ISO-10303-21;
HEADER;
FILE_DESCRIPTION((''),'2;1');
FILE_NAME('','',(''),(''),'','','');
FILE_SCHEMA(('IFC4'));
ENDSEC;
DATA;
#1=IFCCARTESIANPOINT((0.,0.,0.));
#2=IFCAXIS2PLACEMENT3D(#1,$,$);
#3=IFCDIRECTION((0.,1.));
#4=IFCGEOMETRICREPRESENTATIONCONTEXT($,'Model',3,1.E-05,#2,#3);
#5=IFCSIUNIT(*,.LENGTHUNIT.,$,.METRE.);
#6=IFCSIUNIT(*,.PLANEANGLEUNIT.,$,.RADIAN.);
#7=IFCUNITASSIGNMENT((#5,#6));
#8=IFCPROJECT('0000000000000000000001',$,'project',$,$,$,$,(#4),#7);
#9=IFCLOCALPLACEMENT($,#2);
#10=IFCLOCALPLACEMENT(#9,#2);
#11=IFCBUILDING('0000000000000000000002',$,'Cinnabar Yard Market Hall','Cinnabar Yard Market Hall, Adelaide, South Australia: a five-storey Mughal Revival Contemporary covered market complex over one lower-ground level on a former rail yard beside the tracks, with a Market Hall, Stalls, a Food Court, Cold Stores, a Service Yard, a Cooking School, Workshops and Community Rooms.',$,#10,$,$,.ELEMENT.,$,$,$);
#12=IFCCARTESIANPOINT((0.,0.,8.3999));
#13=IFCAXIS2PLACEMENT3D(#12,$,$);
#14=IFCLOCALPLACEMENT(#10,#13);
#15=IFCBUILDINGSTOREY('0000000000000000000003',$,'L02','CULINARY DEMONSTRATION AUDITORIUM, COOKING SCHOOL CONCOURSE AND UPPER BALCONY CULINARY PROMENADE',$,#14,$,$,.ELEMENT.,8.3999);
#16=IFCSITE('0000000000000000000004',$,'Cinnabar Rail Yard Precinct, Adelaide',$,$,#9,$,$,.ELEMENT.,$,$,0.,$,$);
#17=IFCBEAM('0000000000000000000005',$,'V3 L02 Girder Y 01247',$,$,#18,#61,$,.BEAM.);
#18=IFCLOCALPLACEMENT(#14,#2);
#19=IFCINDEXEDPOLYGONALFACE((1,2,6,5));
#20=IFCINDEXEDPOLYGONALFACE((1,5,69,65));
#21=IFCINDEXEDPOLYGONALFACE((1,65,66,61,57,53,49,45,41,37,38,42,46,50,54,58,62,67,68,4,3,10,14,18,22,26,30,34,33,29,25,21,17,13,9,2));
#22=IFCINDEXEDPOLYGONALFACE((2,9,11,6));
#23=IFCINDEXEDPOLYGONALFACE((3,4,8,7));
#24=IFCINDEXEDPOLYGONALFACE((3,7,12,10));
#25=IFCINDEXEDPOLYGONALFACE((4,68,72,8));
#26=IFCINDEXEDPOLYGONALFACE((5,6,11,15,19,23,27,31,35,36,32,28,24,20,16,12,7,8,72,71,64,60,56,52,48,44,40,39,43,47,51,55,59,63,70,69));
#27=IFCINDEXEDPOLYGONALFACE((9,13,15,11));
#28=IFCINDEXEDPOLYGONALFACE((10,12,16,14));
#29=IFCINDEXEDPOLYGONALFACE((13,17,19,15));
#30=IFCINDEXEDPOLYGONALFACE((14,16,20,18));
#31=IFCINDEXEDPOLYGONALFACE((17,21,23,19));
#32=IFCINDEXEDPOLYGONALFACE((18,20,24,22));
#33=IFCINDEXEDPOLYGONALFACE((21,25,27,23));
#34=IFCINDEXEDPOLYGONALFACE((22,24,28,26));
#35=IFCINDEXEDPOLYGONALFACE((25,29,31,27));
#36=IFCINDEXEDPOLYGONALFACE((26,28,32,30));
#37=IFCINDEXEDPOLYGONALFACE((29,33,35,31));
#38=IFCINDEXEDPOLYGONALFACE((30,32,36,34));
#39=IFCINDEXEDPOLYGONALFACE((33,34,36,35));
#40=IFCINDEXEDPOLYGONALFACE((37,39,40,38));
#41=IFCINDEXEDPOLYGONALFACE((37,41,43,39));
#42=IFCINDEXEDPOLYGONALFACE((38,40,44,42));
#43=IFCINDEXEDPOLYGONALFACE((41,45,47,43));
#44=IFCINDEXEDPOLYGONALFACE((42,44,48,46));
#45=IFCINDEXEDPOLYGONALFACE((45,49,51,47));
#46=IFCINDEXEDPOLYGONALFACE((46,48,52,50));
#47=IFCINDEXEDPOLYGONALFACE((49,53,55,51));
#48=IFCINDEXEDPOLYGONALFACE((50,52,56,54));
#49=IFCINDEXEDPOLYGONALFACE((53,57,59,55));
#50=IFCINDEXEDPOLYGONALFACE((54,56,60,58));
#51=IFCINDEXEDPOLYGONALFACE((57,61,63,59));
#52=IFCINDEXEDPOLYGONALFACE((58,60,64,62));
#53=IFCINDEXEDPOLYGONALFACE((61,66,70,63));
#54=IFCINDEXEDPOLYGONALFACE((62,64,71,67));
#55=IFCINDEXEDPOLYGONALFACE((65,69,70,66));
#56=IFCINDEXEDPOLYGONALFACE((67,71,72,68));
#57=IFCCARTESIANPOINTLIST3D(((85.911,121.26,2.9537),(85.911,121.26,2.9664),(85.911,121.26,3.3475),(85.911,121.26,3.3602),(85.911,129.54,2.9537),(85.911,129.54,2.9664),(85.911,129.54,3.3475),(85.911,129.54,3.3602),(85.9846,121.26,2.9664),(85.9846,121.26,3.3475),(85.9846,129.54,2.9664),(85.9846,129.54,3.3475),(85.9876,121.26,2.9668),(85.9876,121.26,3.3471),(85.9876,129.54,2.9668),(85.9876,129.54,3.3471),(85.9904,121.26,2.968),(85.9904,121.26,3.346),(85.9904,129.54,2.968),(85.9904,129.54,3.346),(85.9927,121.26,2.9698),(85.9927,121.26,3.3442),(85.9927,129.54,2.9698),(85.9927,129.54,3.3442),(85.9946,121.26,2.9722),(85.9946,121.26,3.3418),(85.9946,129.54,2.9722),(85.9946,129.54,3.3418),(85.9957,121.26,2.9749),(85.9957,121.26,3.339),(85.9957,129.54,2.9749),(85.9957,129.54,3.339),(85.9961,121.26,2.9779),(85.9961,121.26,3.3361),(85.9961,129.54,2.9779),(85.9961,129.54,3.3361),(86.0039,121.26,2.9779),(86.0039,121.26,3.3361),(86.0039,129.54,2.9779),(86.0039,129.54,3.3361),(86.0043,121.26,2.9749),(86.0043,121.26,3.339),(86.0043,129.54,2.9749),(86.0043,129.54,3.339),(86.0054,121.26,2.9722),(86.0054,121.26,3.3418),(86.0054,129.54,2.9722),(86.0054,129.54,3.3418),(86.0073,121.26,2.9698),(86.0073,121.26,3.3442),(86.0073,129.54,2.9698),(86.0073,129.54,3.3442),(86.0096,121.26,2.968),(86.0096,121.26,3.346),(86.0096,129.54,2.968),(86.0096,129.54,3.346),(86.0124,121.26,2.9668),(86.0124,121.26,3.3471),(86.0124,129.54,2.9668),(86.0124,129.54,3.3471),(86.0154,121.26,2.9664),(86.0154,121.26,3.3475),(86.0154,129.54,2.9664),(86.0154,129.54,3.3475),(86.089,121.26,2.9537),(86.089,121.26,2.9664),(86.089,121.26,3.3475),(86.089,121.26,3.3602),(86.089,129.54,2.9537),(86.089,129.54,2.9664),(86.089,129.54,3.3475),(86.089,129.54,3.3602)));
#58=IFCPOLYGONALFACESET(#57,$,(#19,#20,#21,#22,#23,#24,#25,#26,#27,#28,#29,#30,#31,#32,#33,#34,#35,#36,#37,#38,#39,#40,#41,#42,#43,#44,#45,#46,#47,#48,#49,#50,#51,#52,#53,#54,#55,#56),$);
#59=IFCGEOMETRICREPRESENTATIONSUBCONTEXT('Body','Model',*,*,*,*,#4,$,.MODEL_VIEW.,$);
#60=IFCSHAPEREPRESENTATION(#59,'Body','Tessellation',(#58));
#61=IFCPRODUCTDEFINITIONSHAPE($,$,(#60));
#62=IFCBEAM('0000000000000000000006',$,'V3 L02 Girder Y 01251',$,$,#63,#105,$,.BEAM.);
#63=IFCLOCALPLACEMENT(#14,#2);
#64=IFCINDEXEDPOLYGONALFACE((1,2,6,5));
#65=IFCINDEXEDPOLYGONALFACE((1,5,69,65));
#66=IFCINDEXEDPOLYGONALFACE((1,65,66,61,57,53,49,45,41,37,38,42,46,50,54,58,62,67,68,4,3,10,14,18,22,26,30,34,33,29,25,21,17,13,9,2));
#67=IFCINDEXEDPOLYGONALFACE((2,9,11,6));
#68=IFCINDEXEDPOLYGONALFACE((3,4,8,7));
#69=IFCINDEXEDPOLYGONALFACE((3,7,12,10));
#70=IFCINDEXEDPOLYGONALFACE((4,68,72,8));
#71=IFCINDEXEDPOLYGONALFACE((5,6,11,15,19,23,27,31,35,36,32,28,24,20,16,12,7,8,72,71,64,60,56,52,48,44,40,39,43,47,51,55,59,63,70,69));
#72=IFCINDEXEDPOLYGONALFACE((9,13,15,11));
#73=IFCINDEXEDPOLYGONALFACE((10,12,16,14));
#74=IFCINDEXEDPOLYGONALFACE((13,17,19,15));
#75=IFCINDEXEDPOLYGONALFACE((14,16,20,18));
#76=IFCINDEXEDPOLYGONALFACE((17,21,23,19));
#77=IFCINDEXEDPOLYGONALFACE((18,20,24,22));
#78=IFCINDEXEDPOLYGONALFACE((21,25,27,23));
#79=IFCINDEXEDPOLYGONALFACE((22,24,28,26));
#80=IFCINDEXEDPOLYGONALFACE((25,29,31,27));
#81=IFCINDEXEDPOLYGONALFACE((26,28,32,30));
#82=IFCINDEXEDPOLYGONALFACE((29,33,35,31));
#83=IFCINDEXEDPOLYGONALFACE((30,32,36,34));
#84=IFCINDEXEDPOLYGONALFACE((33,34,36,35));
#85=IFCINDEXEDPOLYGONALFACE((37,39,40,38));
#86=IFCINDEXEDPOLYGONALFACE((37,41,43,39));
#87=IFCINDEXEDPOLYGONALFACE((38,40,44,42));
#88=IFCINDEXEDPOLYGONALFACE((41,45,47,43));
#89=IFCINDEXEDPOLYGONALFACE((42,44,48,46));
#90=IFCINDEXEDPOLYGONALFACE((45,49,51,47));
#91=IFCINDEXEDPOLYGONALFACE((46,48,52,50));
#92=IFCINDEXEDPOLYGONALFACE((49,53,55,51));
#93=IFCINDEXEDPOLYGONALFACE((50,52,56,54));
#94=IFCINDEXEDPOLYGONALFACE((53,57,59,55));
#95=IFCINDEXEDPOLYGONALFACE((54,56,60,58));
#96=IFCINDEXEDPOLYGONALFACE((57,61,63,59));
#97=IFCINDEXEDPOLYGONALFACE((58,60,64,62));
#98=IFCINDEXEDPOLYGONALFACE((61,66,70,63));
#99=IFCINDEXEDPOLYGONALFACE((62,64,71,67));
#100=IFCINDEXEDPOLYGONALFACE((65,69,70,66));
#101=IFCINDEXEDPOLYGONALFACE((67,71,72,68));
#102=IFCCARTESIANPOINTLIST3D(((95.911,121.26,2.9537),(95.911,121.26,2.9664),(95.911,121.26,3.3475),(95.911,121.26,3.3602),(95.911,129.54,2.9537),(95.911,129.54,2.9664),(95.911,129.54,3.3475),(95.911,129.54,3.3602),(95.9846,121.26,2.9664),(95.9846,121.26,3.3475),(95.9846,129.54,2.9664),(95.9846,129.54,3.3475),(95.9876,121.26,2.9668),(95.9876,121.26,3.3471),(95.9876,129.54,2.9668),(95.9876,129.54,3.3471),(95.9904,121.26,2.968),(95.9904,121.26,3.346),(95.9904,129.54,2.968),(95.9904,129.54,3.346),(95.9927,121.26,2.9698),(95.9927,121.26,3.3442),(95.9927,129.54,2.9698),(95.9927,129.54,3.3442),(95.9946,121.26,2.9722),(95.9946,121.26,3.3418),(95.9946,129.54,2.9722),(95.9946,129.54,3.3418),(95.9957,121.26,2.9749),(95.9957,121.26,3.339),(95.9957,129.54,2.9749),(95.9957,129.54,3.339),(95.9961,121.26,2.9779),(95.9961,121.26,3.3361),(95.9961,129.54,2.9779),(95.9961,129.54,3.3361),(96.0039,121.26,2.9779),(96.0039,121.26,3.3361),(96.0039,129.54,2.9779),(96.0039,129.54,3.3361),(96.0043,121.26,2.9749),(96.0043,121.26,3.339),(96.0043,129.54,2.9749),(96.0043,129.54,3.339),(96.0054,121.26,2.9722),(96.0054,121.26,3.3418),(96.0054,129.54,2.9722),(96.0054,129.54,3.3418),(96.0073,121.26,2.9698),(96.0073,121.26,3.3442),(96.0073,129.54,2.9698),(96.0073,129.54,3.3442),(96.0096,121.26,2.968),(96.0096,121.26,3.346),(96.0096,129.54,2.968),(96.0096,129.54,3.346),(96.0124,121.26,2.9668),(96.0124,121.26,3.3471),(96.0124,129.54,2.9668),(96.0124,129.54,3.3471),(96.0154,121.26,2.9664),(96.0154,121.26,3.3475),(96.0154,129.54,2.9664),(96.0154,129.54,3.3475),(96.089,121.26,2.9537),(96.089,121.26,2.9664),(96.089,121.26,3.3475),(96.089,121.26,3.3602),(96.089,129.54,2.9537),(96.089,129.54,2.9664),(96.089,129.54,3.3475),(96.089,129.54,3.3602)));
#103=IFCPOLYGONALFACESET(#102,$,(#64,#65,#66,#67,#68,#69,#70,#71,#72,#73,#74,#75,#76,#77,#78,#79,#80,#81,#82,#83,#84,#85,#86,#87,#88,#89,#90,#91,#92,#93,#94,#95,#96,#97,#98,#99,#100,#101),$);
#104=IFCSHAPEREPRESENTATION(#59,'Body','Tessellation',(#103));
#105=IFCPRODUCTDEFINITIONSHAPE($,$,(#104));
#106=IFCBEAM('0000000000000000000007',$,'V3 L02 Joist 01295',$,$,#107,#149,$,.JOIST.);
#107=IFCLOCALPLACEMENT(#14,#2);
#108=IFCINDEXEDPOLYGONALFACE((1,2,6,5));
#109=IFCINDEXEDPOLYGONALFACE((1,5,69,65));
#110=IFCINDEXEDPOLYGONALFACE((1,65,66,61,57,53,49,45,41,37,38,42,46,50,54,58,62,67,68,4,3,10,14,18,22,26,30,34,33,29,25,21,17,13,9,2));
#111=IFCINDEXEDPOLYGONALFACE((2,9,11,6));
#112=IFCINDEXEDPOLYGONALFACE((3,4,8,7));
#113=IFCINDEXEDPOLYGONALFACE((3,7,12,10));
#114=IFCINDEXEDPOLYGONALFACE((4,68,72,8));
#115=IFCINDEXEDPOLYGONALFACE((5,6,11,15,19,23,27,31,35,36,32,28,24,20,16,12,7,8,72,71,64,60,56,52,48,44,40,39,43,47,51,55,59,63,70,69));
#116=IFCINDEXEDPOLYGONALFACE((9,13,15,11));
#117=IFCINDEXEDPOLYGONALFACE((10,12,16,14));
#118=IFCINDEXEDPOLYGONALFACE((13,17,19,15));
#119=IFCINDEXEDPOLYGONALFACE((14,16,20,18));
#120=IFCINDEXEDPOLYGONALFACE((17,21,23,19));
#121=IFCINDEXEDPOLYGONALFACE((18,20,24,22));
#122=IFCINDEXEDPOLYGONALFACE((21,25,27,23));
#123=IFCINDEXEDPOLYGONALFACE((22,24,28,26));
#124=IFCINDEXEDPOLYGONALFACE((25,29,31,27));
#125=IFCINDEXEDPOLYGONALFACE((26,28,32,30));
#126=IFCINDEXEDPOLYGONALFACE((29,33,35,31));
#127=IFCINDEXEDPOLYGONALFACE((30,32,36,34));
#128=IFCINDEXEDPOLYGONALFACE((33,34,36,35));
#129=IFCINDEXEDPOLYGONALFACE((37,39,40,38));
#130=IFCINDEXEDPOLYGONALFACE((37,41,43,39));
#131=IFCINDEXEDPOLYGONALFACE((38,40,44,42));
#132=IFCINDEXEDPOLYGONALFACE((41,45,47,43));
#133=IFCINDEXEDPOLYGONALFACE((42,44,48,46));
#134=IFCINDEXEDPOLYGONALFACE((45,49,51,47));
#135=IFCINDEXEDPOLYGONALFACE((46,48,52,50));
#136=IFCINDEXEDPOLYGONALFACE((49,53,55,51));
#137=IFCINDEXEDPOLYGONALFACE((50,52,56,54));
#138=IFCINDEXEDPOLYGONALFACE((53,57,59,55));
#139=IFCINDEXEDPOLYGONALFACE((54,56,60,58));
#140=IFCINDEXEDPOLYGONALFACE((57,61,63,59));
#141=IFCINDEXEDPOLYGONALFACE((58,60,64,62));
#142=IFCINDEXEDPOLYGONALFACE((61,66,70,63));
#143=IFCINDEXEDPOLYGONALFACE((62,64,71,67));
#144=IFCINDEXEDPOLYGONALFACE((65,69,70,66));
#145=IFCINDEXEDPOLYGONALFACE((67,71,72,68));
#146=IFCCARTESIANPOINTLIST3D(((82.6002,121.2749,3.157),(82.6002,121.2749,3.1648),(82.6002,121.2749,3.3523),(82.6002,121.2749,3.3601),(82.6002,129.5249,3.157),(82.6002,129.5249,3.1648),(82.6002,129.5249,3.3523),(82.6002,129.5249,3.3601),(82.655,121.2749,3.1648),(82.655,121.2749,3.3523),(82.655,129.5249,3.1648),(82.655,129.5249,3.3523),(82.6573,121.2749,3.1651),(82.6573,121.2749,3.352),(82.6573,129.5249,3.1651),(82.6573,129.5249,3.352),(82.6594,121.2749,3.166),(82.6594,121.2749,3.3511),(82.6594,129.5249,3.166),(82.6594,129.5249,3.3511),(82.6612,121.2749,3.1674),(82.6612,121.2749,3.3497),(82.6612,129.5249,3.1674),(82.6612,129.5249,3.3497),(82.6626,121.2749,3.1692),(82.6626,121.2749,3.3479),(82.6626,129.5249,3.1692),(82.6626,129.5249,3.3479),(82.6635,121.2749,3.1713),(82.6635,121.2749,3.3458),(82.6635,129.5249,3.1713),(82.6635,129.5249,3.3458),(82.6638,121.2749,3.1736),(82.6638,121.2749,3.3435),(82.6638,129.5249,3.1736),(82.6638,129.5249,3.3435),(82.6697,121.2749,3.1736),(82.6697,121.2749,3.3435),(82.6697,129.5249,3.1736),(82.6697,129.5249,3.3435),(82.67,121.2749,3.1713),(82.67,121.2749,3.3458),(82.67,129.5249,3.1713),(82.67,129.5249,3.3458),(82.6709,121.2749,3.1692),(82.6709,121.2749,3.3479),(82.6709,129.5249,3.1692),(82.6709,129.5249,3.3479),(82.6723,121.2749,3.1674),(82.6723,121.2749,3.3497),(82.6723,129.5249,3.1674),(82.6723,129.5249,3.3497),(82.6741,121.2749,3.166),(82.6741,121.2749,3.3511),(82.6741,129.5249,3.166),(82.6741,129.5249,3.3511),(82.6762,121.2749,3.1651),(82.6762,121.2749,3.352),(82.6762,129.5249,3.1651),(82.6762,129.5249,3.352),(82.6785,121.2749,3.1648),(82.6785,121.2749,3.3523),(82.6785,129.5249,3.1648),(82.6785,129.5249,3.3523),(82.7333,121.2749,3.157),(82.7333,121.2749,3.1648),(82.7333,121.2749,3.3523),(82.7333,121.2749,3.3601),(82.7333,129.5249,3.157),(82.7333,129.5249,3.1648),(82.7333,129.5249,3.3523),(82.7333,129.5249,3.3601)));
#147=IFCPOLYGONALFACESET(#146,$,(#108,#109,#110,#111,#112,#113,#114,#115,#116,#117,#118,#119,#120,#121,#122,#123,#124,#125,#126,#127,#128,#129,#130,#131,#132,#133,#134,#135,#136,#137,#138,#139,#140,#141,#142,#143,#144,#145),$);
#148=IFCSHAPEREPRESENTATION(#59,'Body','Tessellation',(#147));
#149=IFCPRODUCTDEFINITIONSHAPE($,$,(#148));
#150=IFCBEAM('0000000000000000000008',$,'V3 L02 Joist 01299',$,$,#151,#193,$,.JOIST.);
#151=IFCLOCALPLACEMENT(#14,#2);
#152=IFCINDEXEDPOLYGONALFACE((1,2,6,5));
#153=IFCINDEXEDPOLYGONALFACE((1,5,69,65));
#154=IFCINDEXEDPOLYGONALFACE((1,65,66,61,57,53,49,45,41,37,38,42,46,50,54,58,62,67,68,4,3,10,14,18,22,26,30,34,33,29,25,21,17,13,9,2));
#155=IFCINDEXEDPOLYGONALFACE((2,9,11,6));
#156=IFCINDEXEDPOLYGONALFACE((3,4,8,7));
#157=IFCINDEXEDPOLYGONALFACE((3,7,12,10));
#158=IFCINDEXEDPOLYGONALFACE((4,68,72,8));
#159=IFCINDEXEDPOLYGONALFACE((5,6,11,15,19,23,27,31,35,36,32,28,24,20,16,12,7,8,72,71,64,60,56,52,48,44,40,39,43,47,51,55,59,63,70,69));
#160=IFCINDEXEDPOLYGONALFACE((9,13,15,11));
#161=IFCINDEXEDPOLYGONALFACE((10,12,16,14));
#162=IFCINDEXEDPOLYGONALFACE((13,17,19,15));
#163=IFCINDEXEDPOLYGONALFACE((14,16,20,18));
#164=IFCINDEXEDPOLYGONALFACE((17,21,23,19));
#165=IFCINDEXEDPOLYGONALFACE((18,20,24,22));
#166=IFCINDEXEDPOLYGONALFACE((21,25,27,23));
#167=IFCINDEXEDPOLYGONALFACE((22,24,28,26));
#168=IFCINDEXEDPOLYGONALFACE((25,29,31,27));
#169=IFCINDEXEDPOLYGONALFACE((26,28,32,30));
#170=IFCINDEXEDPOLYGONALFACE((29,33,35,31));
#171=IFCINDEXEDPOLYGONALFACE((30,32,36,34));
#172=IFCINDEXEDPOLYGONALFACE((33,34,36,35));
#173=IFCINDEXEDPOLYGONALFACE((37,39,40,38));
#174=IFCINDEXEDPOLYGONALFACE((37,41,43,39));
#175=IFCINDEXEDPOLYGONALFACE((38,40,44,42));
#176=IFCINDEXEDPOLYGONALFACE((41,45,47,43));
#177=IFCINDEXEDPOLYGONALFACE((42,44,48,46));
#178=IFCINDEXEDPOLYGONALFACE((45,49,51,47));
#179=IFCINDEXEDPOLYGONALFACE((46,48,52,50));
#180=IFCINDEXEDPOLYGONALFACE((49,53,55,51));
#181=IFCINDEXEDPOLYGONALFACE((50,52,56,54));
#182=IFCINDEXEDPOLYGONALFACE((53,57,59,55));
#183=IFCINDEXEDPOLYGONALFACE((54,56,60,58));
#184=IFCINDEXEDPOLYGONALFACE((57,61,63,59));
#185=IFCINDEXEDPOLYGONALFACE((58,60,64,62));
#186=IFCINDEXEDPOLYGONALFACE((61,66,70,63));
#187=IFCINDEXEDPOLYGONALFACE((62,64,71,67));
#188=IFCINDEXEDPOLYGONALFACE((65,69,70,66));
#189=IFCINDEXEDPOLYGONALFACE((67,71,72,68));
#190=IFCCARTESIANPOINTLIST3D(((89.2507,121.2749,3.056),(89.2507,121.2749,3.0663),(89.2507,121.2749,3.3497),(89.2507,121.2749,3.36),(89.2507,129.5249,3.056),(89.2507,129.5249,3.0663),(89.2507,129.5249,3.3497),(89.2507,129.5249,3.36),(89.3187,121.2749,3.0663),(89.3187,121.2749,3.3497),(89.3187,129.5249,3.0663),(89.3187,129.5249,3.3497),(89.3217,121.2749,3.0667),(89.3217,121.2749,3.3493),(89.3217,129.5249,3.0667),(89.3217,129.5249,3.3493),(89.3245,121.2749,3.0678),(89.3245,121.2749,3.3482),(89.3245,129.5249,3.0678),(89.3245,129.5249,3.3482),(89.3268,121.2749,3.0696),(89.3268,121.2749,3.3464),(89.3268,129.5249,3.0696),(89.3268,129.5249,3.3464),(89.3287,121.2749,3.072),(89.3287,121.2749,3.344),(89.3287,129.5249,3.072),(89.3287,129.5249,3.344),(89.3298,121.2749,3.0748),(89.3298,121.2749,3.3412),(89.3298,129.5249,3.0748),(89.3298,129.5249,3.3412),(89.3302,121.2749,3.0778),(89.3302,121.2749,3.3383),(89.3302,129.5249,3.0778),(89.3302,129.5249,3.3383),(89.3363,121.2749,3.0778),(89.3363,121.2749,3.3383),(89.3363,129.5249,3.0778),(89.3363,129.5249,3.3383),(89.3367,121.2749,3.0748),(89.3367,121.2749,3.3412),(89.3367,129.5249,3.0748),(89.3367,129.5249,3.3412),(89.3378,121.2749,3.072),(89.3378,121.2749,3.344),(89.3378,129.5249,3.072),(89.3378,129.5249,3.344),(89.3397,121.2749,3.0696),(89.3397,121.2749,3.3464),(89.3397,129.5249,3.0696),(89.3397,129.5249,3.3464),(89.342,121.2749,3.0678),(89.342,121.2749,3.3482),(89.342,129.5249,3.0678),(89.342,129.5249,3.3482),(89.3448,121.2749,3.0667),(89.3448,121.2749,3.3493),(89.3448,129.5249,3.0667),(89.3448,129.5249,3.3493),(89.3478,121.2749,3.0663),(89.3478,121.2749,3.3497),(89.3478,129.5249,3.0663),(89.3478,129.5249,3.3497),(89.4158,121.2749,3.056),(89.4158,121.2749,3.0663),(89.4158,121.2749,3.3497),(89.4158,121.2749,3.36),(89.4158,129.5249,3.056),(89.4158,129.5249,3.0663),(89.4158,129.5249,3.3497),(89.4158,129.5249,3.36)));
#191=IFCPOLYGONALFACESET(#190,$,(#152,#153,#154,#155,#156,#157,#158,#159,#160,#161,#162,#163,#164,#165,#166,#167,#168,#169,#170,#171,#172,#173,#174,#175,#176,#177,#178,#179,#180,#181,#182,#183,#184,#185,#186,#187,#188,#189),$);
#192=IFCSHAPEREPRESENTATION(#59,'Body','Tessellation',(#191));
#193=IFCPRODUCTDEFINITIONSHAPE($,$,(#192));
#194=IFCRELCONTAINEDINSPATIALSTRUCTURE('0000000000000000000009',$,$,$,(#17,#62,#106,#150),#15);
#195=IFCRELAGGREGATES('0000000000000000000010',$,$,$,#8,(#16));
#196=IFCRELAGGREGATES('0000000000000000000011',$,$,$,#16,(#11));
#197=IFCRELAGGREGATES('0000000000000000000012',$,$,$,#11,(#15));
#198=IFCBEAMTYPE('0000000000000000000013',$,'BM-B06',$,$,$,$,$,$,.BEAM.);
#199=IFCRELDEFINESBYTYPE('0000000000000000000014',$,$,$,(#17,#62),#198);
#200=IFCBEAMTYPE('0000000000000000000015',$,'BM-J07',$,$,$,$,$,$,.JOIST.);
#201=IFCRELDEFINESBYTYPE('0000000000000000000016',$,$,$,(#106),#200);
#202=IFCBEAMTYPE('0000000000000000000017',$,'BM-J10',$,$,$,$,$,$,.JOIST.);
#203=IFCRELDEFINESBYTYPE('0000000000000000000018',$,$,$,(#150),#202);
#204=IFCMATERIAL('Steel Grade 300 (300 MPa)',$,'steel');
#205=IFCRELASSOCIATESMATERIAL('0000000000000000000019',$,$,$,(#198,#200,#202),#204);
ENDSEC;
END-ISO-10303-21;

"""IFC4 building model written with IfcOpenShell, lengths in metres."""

from ifc_helpers import new_model, si_unit, direction, frame, origin, origin_2d_with_axis, place, context, subcontext, project, spatial, i_section, extrude, material, material_profile, profile_set, type_object, element, save


model = new_model("IFC4")

# Units and contexts
model_context = context("Model", 3, precision=1e-05, world=origin(), true_north=direction((0.0, 1.0)))
body_context = subcontext(model_context, "Body", "Model", "MODEL_VIEW")
ifc_project = project(units=[si_unit("LENGTHUNIT", "METRE"), si_unit("PLANEANGLEUNIT", "RADIAN")], contexts=[model_context])

# Site, building, storey
site_placement = place(None, origin())
site = spatial("IfcSite", under=ifc_project, at=site_placement, Name="Cinnabar Rail Yard Precinct, Adelaide", CompositionType="ELEMENT", RefElevation=0.0)
building_placement = place(site_placement, origin())
building = spatial("IfcBuilding", under=site, at=building_placement, Name="Cinnabar Yard Market Hall", Description="Cinnabar Yard Market Hall, Adelaide, South Australia: a five-storey Mughal Revival Contemporary covered market complex over one lower-ground level on a former rail yard beside the tracks, with a Market Hall, Stalls, a Food Court, Cold Stores, a Service Yard, a Cooking School, Workshops and Community Rooms.", CompositionType="ELEMENT")
storey_placement = place(building_placement, frame((0.0, 0.0, 8.3999)))
storey = spatial("IfcBuildingStorey", under=building, at=storey_placement, Name="L02", Description="CULINARY DEMONSTRATION AUDITORIUM, COOKING SCHOOL CONCOURSE AND UPPER BALCONY CULINARY PROMENADE", CompositionType="ELEMENT", Elevation=8.3999)

# Shared definitions
ifc_material_1 = material(Name="Steel Grade 300 (300 MPa)", Category="steel")

# Beams
ifc_material_profile_1 = material_profile(ifc_material_1, i_section(OverallWidth=0.178, OverallDepth=0.4065, WebThickness=0.0078, FlangeThickness=0.0127, FilletRadius=0.0115, at=origin_2d_with_axis()), Name="410UB59.7")
ifc_profile_set_1 = profile_set([ifc_material_profile_1], Name="Steel Grade 300 (300 MPa)")
beam_type_1 = type_object("IfcBeamType", Name="BM-B06", PredefinedType="BEAM", material=ifc_profile_set_1)
for number, where, z_axis, x_axis, name in (
    (1, (86.0, 121.26, 3.157), (0.0, 1.0, 0.0), (-1.0, 0.0, 0.0), "V3 L02 Girder Y 01247"),
    (2, (96.0, 121.26, 3.157), (0.0, 1.0, 0.0), (-1.0, 0.0, 0.0), "V3 L02 Girder Y 01251"),
):
    element("IfcBeam", number, at=place(storey_placement, frame(where, z_axis=z_axis, x_axis=x_axis)), inside=storey, type_object=beam_type_1, Name=name, PredefinedType="BEAM", context=body_context, shape_type="SweptSolid", body=[
        extrude(i_section(OverallWidth=0.178, OverallDepth=0.4065, WebThickness=0.0078, FlangeThickness=0.0127, FilletRadius=0.0115, at=origin_2d_with_axis()), origin(), (0.0, 0.0, 1.0), 8.28),
    ])
ifc_material_profile_2 = material_profile(ifc_material_1, i_section(OverallWidth=0.1331, OverallDepth=0.2031, WebThickness=0.0059, FlangeThickness=0.0078, FilletRadius=0.0088, at=origin_2d_with_axis()), Name="200UB25.4")
ifc_profile_set_2 = profile_set([ifc_material_profile_2], Name="Steel Grade 300 (300 MPa)")
beam_type_2 = type_object("IfcBeamType", Name="BM-J07", PredefinedType="JOIST", material=ifc_profile_set_2)
beam_placement = place(storey_placement, frame((82.6667, 121.2749, 3.2585), z_axis=(0.0, 1.0, 0.0), x_axis=(-1.0, 0.0, 0.0)))
element("IfcBeam", 3, at=beam_placement, inside=storey, type_object=beam_type_2, Name="V3 L02 Joist 01295", PredefinedType="JOIST", context=body_context, shape_type="SweptSolid", body=[
    extrude(i_section(OverallWidth=0.1331, OverallDepth=0.2031, WebThickness=0.0059, FlangeThickness=0.0078, FilletRadius=0.0088, at=origin_2d_with_axis()), origin(), (0.0, 0.0, 1.0), 8.25),
])
ifc_material_profile_3 = material_profile(ifc_material_1, i_section(OverallWidth=0.165, OverallDepth=0.304, WebThickness=0.0061, FlangeThickness=0.0103, FilletRadius=0.0115, at=origin_2d_with_axis()), Name="310UB40.4")
ifc_profile_set_3 = profile_set([ifc_material_profile_3], Name="Steel Grade 300 (300 MPa)")
beam_type_3 = type_object("IfcBeamType", Name="BM-J10", PredefinedType="JOIST", material=ifc_profile_set_3)
for number, where, z_axis, x_axis, name in (
    (4, (89.3333, 121.2749, 3.208), (0.0, 1.0, 0.0), (-1.0, 0.0, 0.0), "V3 L02 Joist 01299"),
):
    element("IfcBeam", number, at=place(storey_placement, frame(where, z_axis=z_axis, x_axis=x_axis)), inside=storey, type_object=beam_type_3, Name=name, PredefinedType="JOIST", context=body_context, shape_type="SweptSolid", body=[
        extrude(i_section(OverallWidth=0.165, OverallDepth=0.304, WebThickness=0.0061, FlangeThickness=0.0103, FilletRadius=0.0115, at=origin_2d_with_axis()), origin(), (0.0, 0.0, 1.0), 8.25),
    ])

save(model, "model.ifc")
